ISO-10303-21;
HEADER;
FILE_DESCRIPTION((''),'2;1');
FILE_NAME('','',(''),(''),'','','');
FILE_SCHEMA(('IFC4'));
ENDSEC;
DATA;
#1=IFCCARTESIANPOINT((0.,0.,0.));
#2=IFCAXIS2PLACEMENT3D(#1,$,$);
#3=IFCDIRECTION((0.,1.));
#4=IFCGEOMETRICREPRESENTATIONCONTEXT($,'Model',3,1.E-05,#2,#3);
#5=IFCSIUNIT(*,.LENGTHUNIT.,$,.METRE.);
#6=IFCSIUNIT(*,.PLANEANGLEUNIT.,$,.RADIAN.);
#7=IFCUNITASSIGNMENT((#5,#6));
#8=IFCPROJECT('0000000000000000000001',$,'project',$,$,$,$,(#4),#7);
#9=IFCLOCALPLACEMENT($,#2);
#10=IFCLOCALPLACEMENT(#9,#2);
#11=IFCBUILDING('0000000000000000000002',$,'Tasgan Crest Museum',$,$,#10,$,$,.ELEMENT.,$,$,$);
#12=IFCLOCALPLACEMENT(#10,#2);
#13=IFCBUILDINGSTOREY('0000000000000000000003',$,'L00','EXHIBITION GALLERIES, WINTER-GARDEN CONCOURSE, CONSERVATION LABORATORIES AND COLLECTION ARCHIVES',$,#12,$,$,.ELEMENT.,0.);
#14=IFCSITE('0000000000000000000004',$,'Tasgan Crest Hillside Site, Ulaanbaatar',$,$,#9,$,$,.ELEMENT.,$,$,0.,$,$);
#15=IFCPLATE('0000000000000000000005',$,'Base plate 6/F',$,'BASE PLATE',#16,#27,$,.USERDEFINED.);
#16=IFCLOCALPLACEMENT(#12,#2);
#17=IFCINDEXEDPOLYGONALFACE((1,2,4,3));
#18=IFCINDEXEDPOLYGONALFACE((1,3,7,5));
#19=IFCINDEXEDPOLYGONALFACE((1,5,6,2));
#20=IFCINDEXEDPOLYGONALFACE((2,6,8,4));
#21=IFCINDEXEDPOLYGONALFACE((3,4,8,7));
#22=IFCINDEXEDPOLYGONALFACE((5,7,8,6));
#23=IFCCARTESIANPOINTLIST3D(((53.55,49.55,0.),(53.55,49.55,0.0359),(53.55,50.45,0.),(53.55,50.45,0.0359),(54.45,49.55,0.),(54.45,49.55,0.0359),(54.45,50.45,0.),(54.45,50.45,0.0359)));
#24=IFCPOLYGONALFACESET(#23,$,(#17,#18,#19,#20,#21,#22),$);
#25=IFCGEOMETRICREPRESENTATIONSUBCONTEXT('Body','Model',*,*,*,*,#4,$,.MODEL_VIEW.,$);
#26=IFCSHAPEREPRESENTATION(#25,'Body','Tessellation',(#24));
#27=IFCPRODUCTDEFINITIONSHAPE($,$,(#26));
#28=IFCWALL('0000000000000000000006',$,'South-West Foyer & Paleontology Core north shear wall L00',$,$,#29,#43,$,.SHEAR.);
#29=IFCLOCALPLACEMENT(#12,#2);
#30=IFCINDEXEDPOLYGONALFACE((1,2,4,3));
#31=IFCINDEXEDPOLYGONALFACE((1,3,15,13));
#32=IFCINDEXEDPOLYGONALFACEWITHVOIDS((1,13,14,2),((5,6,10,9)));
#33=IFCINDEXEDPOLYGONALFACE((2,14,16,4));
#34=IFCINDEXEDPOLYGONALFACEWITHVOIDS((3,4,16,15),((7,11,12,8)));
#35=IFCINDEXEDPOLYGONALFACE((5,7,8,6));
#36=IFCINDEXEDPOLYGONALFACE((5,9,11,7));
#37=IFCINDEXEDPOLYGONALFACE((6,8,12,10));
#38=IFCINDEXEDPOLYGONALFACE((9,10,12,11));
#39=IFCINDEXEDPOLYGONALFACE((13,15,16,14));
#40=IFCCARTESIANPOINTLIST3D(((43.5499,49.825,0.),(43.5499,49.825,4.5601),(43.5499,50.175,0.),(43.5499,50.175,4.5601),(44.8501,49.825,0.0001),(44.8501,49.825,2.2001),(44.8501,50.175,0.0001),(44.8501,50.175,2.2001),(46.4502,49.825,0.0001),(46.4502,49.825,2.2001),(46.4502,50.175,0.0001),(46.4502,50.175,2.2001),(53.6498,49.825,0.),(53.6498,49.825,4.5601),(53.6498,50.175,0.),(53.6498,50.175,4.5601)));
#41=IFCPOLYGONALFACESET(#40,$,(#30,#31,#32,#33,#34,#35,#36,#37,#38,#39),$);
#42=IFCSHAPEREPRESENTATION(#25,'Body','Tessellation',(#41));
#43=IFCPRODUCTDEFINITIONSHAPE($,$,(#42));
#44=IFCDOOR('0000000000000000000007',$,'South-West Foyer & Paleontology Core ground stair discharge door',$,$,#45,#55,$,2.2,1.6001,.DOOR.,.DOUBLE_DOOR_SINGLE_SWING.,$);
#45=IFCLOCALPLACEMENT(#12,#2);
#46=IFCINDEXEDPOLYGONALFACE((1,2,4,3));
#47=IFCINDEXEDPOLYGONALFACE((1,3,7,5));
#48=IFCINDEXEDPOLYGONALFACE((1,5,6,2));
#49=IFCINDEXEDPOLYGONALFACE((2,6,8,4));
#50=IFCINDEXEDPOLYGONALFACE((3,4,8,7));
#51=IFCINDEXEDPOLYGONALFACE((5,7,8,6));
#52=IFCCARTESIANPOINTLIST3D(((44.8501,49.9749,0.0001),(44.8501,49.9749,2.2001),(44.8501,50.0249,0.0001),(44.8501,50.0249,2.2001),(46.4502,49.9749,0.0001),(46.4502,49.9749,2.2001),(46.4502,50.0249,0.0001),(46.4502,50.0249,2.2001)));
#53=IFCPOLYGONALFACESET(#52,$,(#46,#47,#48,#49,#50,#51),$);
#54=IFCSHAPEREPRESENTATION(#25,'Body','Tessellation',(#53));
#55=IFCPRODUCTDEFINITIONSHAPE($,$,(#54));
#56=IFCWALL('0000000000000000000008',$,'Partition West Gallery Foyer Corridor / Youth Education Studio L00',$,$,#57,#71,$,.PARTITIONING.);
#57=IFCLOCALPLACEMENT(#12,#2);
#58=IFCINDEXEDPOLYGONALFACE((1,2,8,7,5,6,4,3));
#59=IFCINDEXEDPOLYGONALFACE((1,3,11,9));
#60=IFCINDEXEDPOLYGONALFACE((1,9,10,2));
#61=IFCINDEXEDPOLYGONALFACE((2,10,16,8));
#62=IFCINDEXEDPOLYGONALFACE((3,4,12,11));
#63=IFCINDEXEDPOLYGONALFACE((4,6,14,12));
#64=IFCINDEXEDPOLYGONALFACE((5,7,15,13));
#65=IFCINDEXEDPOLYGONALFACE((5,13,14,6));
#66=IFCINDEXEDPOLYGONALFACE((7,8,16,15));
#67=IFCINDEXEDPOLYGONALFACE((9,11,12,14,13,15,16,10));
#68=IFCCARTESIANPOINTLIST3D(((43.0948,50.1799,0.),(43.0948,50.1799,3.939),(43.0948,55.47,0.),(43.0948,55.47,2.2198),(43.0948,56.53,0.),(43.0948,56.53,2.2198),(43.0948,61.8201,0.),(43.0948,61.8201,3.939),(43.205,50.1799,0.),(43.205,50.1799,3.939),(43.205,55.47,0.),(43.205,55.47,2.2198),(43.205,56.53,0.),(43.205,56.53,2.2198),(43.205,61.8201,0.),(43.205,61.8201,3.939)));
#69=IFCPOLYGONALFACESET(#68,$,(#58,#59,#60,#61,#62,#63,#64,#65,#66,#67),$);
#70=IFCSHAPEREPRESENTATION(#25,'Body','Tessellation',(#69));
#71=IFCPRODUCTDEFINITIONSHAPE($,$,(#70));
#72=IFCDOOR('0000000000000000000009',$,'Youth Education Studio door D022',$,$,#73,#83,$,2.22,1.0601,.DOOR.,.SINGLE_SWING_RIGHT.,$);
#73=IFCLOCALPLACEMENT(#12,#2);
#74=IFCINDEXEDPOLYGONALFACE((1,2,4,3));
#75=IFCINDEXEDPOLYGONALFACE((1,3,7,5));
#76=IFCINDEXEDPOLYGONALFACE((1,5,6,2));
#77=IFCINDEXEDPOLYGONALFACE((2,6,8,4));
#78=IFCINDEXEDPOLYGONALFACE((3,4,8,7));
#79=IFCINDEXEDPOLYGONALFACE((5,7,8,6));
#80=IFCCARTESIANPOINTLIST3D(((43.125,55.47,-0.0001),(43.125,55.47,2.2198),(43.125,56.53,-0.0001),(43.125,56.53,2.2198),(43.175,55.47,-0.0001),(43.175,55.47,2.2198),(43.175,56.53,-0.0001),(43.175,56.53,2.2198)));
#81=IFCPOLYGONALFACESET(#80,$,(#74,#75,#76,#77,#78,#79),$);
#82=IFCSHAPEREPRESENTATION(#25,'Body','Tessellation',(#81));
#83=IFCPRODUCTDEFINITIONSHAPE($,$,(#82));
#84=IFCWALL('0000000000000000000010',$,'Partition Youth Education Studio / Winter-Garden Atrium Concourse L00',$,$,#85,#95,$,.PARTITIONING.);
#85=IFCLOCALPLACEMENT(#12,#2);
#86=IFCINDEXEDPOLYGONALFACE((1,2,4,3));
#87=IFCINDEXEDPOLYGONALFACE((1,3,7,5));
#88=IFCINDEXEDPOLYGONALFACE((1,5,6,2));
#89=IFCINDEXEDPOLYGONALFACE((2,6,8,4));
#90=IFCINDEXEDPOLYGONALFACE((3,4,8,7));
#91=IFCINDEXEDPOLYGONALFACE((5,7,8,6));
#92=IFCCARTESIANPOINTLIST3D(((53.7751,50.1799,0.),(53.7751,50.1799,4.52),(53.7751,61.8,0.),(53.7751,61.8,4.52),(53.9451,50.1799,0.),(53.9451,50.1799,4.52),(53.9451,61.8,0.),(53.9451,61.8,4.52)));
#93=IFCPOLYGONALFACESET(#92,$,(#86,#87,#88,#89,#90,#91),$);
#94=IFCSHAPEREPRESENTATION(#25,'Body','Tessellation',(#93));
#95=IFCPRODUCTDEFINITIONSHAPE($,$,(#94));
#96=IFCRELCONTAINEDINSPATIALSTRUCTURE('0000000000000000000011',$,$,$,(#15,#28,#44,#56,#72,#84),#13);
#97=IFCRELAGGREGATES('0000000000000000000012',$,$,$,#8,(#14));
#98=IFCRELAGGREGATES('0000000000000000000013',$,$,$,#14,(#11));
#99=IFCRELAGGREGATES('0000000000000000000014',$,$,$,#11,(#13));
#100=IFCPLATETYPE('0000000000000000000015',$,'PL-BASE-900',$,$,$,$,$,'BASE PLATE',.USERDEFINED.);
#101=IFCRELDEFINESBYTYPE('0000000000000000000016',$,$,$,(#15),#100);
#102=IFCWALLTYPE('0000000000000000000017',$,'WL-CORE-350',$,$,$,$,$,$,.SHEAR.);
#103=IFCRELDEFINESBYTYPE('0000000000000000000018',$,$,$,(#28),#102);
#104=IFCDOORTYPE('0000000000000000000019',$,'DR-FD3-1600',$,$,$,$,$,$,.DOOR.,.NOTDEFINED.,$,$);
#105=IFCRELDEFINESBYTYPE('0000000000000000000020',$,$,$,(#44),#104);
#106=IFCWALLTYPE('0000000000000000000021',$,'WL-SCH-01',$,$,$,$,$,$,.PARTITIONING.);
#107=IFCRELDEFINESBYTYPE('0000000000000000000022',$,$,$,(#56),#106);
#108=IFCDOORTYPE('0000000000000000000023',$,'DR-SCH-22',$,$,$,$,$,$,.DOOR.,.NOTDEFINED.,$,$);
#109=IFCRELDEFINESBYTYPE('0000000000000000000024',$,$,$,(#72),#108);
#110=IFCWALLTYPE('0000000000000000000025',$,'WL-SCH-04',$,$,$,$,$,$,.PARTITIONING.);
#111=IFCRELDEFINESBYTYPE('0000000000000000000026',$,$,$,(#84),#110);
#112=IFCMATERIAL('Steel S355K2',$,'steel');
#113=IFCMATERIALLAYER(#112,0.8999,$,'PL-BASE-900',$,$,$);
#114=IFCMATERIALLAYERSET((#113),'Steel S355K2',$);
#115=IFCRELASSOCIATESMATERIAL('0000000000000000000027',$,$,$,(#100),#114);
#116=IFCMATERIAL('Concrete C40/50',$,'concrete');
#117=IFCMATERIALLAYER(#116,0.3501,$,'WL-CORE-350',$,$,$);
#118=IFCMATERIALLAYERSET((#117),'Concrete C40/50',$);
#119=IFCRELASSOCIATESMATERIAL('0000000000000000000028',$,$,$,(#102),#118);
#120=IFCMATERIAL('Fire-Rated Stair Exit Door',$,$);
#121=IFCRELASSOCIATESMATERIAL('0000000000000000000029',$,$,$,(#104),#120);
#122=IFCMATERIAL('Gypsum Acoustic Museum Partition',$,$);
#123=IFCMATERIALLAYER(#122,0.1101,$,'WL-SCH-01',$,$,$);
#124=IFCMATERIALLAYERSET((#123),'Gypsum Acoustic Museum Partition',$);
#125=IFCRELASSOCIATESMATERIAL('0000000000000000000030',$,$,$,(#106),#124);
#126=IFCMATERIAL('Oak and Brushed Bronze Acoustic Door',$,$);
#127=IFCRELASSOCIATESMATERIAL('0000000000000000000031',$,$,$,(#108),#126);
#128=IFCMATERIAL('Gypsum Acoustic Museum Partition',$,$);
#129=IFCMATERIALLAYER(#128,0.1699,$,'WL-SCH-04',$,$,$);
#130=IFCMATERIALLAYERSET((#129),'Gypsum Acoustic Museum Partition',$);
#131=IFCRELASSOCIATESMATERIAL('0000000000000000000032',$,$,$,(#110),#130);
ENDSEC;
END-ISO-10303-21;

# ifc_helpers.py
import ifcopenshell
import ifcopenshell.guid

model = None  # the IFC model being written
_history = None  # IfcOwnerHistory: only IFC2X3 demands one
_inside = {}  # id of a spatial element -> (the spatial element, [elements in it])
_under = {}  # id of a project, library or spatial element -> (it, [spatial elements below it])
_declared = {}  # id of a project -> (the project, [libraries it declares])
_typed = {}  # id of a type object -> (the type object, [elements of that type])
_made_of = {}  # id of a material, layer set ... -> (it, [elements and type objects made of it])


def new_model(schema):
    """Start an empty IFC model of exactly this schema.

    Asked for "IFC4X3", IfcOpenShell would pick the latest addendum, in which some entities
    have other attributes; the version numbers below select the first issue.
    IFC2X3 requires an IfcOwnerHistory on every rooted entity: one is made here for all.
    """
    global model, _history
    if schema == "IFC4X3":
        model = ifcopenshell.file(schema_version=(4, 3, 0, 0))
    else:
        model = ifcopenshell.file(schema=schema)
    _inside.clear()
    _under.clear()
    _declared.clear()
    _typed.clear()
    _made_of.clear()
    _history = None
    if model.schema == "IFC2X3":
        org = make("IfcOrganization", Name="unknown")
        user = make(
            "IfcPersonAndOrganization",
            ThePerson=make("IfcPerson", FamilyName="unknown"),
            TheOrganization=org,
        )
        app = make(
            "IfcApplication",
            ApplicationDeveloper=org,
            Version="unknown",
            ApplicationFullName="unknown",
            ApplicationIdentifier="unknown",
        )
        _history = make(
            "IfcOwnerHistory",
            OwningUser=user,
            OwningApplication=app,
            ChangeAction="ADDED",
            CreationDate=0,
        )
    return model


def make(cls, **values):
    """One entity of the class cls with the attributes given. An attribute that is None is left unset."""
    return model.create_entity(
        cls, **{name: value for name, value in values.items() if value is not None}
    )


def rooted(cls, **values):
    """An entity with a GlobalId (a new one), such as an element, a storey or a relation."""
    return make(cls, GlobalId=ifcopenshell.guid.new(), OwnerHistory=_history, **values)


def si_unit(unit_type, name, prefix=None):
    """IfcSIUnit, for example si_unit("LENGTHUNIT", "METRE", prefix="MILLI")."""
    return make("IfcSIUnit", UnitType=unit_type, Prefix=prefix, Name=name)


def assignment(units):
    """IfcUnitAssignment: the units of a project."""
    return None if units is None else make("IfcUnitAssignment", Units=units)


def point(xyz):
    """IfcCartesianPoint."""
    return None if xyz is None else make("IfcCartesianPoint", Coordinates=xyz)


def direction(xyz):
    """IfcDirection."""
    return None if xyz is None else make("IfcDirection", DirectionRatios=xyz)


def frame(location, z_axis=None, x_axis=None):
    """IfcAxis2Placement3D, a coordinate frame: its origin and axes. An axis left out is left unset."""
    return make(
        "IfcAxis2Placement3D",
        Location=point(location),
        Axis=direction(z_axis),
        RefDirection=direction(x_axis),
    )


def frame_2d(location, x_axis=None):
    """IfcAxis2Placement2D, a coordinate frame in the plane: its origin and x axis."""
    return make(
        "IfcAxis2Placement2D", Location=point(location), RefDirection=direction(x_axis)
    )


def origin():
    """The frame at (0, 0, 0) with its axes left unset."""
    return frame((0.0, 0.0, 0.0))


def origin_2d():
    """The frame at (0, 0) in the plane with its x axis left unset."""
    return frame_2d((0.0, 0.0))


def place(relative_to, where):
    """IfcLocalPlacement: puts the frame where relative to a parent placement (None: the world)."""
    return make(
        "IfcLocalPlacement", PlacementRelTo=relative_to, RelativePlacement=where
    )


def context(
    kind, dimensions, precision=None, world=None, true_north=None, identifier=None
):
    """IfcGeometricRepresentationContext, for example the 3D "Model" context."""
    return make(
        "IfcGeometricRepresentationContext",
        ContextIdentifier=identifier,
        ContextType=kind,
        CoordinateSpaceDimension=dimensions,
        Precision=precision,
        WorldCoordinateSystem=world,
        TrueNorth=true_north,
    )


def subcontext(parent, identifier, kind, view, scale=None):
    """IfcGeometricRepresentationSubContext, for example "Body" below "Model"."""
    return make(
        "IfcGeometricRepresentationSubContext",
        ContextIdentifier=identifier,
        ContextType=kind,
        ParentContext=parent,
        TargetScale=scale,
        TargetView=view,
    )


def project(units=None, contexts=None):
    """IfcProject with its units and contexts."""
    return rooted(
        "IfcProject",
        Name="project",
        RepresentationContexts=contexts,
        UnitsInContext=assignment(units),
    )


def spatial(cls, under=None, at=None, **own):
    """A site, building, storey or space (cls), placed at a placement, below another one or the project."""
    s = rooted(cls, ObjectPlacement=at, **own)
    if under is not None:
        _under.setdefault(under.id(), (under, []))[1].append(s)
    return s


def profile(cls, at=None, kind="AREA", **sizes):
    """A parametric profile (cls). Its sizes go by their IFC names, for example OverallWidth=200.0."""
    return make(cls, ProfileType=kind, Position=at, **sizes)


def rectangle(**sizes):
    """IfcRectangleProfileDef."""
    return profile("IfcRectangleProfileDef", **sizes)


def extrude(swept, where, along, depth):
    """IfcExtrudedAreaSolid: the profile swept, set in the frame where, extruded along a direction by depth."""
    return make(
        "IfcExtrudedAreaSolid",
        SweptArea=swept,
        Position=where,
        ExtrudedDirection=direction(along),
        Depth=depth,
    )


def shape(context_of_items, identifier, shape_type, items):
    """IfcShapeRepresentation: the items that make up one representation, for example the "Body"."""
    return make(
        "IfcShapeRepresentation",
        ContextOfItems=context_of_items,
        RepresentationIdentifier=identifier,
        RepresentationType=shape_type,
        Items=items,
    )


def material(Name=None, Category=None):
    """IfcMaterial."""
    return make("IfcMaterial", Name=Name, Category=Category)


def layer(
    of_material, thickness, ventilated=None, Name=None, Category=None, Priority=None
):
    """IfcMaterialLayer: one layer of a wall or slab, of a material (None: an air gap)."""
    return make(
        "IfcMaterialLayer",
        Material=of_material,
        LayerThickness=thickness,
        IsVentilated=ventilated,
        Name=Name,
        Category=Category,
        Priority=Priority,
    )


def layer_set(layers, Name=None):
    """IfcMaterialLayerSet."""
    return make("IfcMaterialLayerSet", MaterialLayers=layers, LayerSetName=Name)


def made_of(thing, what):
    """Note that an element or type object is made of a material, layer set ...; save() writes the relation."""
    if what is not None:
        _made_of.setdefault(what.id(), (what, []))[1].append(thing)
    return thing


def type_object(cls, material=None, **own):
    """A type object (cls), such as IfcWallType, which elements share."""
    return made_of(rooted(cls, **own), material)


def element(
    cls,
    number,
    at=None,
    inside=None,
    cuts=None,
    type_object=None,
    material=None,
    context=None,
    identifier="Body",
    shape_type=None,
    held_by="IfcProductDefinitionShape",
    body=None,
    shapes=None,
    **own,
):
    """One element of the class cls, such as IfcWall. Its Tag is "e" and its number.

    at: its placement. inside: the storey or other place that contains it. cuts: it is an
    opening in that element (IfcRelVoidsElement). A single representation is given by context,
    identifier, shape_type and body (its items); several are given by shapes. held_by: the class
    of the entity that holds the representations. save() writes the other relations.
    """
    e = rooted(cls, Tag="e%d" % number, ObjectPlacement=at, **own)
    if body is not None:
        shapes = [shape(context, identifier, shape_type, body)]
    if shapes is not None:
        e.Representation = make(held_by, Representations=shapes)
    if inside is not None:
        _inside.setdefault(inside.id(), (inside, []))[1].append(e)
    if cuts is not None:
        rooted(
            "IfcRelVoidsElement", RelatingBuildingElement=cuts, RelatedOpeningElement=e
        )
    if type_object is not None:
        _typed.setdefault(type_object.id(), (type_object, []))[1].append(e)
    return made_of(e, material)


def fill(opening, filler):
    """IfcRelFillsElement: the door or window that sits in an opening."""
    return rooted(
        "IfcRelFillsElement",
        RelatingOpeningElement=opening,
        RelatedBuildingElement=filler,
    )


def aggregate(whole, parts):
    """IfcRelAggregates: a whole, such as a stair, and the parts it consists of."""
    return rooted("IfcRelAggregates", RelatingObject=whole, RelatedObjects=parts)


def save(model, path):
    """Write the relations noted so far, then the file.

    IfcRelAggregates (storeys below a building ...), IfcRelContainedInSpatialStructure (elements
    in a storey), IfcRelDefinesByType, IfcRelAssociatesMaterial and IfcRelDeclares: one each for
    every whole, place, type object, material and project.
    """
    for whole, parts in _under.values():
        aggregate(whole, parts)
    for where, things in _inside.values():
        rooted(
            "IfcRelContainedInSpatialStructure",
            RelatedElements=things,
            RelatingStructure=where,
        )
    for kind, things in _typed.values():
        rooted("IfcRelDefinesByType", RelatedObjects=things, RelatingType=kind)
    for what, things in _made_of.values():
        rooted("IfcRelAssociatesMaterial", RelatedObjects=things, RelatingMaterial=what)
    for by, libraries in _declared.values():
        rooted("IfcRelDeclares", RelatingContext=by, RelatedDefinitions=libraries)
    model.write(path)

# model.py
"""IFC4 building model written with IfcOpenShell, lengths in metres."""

from ifc_helpers import new_model, si_unit, direction, frame, frame_2d, origin, origin_2d, place, context, subcontext, project, spatial, rectangle, extrude, material, layer, layer_set, type_object, element, fill, save


model = new_model("IFC4")

# Units and contexts
model_context = context("Model", 3, precision=1e-05, world=origin(), true_north=direction((0.0, 1.0)))
body_context = subcontext(model_context, "Body", "Model", "MODEL_VIEW")
ifc_project = project(units=[si_unit("LENGTHUNIT", "METRE"), si_unit("PLANEANGLEUNIT", "RADIAN")], contexts=[model_context])

# Site, building, storey
site_placement = place(None, origin())
site = spatial("IfcSite", under=ifc_project, at=site_placement, Name="Tasgan Crest Hillside Site, Ulaanbaatar", CompositionType="ELEMENT", RefElevation=0.0)
building_placement = place(site_placement, origin())
building = spatial("IfcBuilding", under=site, at=building_placement, Name="Tasgan Crest Museum", CompositionType="ELEMENT")
storey_placement = place(building_placement, origin())
storey = spatial("IfcBuildingStorey", under=building, at=storey_placement, Name="L00", Description="EXHIBITION GALLERIES, WINTER-GARDEN CONCOURSE, CONSERVATION LABORATORIES AND COLLECTION ARCHIVES", CompositionType="ELEMENT", Elevation=0.0)

# Plate
ifc_material_1 = material(Name="Steel S355K2", Category="steel")
ifc_layer_1 = layer(ifc_material_1, 0.8999, Name="PL-BASE-900")
ifc_layer_set_1 = layer_set([ifc_layer_1], Name="Steel S355K2")
plate_type_1 = type_object("IfcPlateType", Name="PL-BASE-900", ElementType="BASE PLATE", PredefinedType="USERDEFINED", material=ifc_layer_set_1)
plate_placement = place(storey_placement, frame((54.0, 50.0, 0.0), z_axis=(0.0, 0.0, 1.0), x_axis=(1.0, 0.0, 0.0)))
element("IfcPlate", 1, at=plate_placement, inside=storey, type_object=plate_type_1, Name="Base plate 6/F", ObjectType="BASE PLATE", PredefinedType="USERDEFINED", context=body_context, shape_type="SweptSolid", body=[
    extrude(rectangle(XDim=0.8999, YDim=0.8999, at=origin_2d()), origin(), (0.0, 0.0, 1.0), 0.0359),
])

# Walls, openings, doors
ifc_material_2 = material(Name="Concrete C40/50", Category="concrete")
ifc_layer_2 = layer(ifc_material_2, 0.3501, Name="WL-CORE-350")
ifc_layer_set_2 = layer_set([ifc_layer_2], Name="Concrete C40/50")
wall_type_1 = type_object("IfcWallType", Name="WL-CORE-350", PredefinedType="SHEAR", material=ifc_layer_set_2)
wall_1_placement = place(storey_placement, frame((43.55, 50.0, 0.0), z_axis=(0.0, 0.0, 1.0), x_axis=(1.0, 0.0, 0.0)))
wall_1 = element("IfcWall", 2, at=wall_1_placement, inside=storey, type_object=wall_type_1, Name="South-West Foyer & Paleontology Core north shear wall L00", PredefinedType="SHEAR", context=body_context, shape_type="SweptSolid", body=[
    extrude(rectangle(XDim=10.0999, YDim=0.3501, at=frame_2d((5.0498, 0.0))), origin(), (0.0, 0.0, 1.0), 4.5601),
])
opening_1_placement = place(wall_1_placement, frame((1.3, 0.0, 0.0)))
opening_1 = element("IfcOpeningElement", 3, at=opening_1_placement, cuts=wall_1, PredefinedType="OPENING", context=body_context, shape_type="SweptSolid", body=[
    extrude(rectangle(XDim=1.6001, YDim=2.2, at=frame_2d((0.8, 1.1001))), frame((0.0, 0.1851, 0.0), z_axis=(0.0, -1.0, 0.0), x_axis=(1.0, 0.0, 0.0)), (0.0, 0.0, 1.0), 0.3701),
])
ifc_material_3 = material(Name="Fire-Rated Stair Exit Door")
door_type_1 = type_object("IfcDoorType", Name="DR-FD3-1600", OperationType="NOTDEFINED", PredefinedType="DOOR", material=ifc_material_3)
door_1_placement = place(opening_1_placement, origin())
door_1 = element("IfcDoor", 4, at=door_1_placement, inside=storey, type_object=door_type_1, Name="South-West Foyer & Paleontology Core ground stair discharge door", OperationType="DOUBLE_DOOR_SINGLE_SWING", OverallHeight=2.2, OverallWidth=1.6001, PredefinedType="DOOR", context=body_context, shape_type="SweptSolid", body=[
    extrude(rectangle(XDim=1.6001, YDim=2.2, at=frame_2d((0.8, 1.1001))), frame((0.0, 0.0249, 0.0), z_axis=(0.0, -1.0, 0.0), x_axis=(1.0, 0.0, 0.0)), (0.0, 0.0, 1.0), 0.05),
])
fill(opening_1, door_1)
ifc_material_4 = material(Name="Gypsum Acoustic Museum Partition")
ifc_layer_3 = layer(ifc_material_4, 0.1101, Name="WL-SCH-01")
ifc_layer_set_3 = layer_set([ifc_layer_3], Name="Gypsum Acoustic Museum Partition")
wall_type_2 = type_object("IfcWallType", Name="WL-SCH-01", PredefinedType="PARTITIONING", material=ifc_layer_set_3)
wall_2_placement = place(storey_placement, frame((43.1499, 50.1799, 0.0), z_axis=(0.0, 0.0, 1.0), x_axis=(0.0, 1.0, 0.0)))
wall_2 = element("IfcWall", 5, at=wall_2_placement, inside=storey, type_object=wall_type_2, Name="Partition West Gallery Foyer Corridor / Youth Education Studio L00", PredefinedType="PARTITIONING", context=body_context, shape_type="SweptSolid", body=[
    extrude(rectangle(XDim=11.6401, YDim=0.1101, at=frame_2d((5.8201, 0.0))), origin(), (0.0, 0.0, 1.0), 3.939),
])
opening_2_placement = place(wall_2_placement, frame((5.29, 0.0, 0.0)))
opening_2 = element("IfcOpeningElement", 6, at=opening_2_placement, cuts=wall_2, PredefinedType="OPENING", context=body_context, shape_type="SweptSolid", body=[
    extrude(rectangle(XDim=1.0601, YDim=2.22, at=frame_2d((0.53, 1.1099))), frame((0.0, 0.0649, 0.0), z_axis=(0.0, -1.0, 0.0), x_axis=(1.0, 0.0, 0.0)), (0.0, 0.0, 1.0), 0.1301),
])
ifc_material_5 = material(Name="Oak and Brushed Bronze Acoustic Door")
door_type_2 = type_object("IfcDoorType", Name="DR-SCH-22", OperationType="NOTDEFINED", PredefinedType="DOOR", material=ifc_material_5)
door_2_placement = place(opening_2_placement, origin())
door_2 = element("IfcDoor", 7, at=door_2_placement, inside=storey, type_object=door_type_2, Name="Youth Education Studio door D022", OperationType="SINGLE_SWING_RIGHT", OverallHeight=2.22, OverallWidth=1.0601, PredefinedType="DOOR", context=body_context, shape_type="SweptSolid", body=[
    extrude(rectangle(XDim=1.0601, YDim=2.22, at=frame_2d((0.53, 1.1099))), frame((0.0, 0.0249, 0.0), z_axis=(0.0, -1.0, 0.0), x_axis=(1.0, 0.0, 0.0)), (0.0, 0.0, 1.0), 0.05),
])
fill(opening_2, door_2)

# Wall
ifc_material_6 = material(Name="Gypsum Acoustic Museum Partition")
ifc_layer_4 = layer(ifc_material_6, 0.1699, Name="WL-SCH-04")
ifc_layer_set_4 = layer_set([ifc_layer_4], Name="Gypsum Acoustic Museum Partition")
wall_type_3 = type_object("IfcWallType", Name="WL-SCH-04", PredefinedType="PARTITIONING", material=ifc_layer_set_4)
wall_3_placement = place(storey_placement, frame((53.8601, 50.1799, 0.0), z_axis=(0.0, 0.0, 1.0), x_axis=(0.0, 1.0, 0.0)))
element("IfcWall", 8, at=wall_3_placement, inside=storey, type_object=wall_type_3, Name="Partition Youth Education Studio / Winter-Garden Atrium Concourse L00", PredefinedType="PARTITIONING", context=body_context, shape_type="SweptSolid", body=[
    extrude(rectangle(XDim=11.6201, YDim=0.1699, at=frame_2d((5.8101, 0.0))), origin(), (0.0, 0.0, 1.0), 4.52),
])

save(model, "model.ifc")
